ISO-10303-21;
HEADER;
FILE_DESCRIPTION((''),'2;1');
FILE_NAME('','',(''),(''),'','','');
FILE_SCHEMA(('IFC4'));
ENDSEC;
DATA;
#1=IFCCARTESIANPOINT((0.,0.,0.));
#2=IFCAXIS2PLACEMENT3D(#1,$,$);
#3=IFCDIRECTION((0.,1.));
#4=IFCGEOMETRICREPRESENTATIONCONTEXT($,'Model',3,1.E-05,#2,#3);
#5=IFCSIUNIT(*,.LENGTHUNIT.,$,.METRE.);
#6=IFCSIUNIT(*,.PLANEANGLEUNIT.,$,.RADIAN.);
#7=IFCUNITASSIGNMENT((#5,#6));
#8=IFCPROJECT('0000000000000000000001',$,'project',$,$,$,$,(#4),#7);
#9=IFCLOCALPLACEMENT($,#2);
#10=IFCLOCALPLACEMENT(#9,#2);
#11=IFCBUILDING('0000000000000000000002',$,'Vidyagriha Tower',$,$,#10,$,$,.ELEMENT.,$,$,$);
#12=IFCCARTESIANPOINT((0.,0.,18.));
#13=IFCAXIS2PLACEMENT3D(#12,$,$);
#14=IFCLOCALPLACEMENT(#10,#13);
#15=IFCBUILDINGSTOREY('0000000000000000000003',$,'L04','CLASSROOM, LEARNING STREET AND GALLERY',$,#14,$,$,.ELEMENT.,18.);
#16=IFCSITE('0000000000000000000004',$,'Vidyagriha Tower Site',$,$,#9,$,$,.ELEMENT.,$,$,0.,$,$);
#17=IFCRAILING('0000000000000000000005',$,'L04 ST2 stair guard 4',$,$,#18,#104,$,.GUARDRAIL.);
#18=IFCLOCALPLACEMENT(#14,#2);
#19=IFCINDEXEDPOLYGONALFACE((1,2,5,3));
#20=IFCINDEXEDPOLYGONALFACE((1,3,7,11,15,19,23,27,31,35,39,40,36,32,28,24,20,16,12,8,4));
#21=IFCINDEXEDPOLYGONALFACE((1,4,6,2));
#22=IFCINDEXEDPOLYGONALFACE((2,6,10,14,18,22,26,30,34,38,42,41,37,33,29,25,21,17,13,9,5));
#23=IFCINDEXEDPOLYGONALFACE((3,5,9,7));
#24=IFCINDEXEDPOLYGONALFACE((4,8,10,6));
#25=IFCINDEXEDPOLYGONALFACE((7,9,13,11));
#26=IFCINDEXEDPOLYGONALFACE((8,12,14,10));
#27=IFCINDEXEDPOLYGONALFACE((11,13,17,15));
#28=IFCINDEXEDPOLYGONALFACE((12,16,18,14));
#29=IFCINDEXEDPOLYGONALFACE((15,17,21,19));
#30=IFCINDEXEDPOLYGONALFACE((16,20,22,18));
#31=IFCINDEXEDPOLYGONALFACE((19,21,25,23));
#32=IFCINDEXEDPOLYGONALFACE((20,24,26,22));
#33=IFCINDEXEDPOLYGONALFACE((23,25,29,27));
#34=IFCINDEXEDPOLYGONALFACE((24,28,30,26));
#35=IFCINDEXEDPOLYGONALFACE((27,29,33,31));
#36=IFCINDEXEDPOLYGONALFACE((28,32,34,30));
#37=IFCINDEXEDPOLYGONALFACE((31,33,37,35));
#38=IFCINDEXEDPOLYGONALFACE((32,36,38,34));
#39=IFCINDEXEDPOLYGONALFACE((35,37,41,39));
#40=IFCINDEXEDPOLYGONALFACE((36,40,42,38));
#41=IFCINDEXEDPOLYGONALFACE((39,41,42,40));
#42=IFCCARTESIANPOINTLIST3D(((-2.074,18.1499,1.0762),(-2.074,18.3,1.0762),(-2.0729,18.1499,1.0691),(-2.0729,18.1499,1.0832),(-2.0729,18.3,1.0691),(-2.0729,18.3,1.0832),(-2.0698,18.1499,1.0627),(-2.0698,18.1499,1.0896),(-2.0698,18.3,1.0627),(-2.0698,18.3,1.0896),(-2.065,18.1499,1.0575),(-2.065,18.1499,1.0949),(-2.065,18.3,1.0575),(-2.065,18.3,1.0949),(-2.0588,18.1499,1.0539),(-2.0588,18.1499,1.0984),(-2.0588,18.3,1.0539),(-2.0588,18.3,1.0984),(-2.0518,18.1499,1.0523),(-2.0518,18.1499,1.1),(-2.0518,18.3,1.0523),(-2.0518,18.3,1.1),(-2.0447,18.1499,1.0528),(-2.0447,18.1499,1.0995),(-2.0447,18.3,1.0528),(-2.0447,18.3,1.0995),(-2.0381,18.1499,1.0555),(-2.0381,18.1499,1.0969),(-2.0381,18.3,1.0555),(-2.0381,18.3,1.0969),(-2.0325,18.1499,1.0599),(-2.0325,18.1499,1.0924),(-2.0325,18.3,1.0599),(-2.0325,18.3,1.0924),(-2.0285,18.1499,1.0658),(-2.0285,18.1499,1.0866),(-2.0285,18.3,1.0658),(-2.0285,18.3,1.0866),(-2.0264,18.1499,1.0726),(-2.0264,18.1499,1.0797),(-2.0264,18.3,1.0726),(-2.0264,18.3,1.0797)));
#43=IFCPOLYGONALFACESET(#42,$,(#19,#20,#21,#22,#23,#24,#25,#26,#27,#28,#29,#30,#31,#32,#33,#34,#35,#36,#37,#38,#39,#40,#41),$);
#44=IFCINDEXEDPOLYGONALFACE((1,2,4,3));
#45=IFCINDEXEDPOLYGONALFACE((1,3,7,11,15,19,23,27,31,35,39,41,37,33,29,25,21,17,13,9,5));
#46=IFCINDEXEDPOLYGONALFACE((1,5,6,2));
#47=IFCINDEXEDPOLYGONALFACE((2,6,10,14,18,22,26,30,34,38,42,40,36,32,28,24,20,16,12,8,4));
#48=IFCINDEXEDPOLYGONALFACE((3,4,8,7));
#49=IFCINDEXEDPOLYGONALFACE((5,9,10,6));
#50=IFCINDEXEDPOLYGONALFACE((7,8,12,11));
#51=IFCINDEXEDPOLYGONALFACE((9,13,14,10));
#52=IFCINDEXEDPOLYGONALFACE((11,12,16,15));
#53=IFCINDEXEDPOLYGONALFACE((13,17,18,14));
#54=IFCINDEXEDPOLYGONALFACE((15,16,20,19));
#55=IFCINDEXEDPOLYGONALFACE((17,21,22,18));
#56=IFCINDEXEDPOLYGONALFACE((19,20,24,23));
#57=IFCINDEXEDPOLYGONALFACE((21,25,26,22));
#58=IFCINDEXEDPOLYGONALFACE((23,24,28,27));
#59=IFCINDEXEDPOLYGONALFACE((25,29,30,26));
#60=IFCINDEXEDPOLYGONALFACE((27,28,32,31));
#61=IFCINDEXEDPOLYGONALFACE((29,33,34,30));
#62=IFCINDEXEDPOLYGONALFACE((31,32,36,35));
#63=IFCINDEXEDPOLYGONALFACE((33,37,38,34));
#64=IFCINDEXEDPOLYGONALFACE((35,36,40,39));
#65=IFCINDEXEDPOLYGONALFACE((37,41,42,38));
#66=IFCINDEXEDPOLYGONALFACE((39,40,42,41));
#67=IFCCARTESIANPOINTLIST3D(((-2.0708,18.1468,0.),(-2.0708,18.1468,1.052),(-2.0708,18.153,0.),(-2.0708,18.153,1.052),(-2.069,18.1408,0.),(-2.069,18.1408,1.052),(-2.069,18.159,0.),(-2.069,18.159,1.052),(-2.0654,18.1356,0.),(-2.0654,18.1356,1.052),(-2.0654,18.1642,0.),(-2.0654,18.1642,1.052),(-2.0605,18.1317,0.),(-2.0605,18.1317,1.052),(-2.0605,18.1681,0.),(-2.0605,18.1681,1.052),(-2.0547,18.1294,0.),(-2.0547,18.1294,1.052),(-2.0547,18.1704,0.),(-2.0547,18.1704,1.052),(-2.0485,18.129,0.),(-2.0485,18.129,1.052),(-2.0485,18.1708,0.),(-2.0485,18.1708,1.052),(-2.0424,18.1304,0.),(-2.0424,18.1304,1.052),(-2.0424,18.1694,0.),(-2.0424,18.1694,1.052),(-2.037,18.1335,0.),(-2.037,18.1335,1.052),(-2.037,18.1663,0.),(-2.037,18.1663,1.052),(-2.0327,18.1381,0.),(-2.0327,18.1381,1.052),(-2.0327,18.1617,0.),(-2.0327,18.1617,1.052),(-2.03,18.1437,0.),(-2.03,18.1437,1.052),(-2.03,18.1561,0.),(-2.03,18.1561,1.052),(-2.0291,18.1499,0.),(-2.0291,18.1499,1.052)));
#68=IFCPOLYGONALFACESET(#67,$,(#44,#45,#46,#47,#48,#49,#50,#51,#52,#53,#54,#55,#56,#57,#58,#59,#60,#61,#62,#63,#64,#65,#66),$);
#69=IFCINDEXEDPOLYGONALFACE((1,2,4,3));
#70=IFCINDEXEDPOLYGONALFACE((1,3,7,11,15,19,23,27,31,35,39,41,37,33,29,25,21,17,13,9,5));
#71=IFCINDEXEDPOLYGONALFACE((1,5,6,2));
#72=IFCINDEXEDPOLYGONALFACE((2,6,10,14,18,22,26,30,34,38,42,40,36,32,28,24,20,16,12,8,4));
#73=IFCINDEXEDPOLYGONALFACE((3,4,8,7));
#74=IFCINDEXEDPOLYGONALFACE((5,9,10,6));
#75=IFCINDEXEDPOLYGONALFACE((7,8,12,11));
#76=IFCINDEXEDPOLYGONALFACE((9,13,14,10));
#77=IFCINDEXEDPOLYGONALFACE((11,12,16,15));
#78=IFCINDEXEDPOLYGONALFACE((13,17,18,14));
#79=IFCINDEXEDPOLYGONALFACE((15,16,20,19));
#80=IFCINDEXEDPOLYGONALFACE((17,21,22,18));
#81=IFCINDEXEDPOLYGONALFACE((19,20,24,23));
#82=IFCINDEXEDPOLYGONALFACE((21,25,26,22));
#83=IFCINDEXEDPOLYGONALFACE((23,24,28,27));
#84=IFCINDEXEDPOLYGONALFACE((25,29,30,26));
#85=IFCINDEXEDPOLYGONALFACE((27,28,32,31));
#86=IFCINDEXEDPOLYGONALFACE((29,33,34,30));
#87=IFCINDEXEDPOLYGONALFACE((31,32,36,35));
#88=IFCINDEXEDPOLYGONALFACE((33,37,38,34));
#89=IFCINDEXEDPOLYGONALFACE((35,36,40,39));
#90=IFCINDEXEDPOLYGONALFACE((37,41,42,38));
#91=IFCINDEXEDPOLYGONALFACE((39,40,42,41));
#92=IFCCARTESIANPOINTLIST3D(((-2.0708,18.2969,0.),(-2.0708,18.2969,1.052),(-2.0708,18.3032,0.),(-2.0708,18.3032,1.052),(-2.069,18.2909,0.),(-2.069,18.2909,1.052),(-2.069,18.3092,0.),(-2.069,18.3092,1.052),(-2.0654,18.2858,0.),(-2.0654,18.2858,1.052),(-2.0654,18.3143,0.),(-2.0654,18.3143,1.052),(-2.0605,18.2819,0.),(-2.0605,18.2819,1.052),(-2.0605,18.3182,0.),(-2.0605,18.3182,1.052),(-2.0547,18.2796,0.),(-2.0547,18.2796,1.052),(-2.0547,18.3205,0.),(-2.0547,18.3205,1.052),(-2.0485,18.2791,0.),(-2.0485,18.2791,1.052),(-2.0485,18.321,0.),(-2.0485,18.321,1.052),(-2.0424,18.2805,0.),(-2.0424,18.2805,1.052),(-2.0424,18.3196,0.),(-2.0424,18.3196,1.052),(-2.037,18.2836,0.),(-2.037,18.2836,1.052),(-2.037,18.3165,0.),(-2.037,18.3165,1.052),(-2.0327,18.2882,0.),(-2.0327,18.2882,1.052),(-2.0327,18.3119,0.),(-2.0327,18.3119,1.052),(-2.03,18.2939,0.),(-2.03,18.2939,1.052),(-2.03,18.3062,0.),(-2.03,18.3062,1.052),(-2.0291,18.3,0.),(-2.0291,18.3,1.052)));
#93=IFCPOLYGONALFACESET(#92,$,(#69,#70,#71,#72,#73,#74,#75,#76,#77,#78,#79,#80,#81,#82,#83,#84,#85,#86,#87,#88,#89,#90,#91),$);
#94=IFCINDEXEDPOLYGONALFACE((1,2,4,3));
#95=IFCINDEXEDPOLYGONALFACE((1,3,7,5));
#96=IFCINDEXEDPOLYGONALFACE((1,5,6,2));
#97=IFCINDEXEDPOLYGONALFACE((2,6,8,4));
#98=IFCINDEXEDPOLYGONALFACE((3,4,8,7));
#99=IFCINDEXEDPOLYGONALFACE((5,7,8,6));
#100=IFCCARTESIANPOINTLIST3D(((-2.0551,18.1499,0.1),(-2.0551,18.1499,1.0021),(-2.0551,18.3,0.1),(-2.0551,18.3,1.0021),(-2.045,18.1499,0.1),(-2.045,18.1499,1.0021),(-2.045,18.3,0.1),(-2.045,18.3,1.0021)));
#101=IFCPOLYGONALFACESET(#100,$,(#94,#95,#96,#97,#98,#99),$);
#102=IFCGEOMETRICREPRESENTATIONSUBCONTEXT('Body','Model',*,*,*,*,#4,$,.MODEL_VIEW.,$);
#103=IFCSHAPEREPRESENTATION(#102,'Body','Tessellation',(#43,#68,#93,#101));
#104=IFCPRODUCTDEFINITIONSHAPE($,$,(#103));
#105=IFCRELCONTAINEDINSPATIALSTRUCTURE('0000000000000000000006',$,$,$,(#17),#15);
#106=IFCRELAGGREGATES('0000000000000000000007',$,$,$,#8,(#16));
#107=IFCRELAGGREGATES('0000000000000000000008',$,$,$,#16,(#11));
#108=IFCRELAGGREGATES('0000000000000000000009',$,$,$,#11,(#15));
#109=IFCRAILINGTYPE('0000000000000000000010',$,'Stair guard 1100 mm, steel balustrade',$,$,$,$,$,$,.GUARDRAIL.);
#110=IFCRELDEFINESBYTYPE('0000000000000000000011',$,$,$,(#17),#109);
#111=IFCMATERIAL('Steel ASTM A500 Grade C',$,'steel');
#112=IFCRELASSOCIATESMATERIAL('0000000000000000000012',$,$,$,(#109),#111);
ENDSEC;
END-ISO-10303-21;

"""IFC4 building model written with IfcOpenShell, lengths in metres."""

from ifc_helpers import new_model, si_unit, direction, frame, origin, origin_2d, place, context, subcontext, project, spatial, rectangle, circle, extrude, material, type_object, element, save


model = new_model("IFC4")

# Units and contexts
model_context = context("Model", 3, precision=1e-05, world=origin(), true_north=direction((0.0, 1.0)))
body_context = subcontext(model_context, "Body", "Model", "MODEL_VIEW")
ifc_project = project(units=[si_unit("LENGTHUNIT", "METRE"), si_unit("PLANEANGLEUNIT", "RADIAN")], contexts=[model_context])

# Site, building, storey
site_placement = place(None, origin())
site = spatial("IfcSite", under=ifc_project, at=site_placement, Name="Vidyagriha Tower Site", CompositionType="ELEMENT", RefElevation=0.0)
building_placement = place(site_placement, origin())
building = spatial("IfcBuilding", under=site, at=building_placement, Name="Vidyagriha Tower", CompositionType="ELEMENT")
storey_placement = place(building_placement, frame((0.0, 0.0, 18.0)))
storey = spatial("IfcBuildingStorey", under=building, at=storey_placement, Name="L04", Description="CLASSROOM, LEARNING STREET AND GALLERY", CompositionType="ELEMENT", Elevation=18.0)

# Railing
ifc_material_1 = material(Name="Steel ASTM A500 Grade C", Category="steel")
railing_type_1 = type_object("IfcRailingType", Name="Stair guard 1100 mm, steel balustrade", PredefinedType="GUARDRAIL", material=ifc_material_1)
railing_1_placement = place(storey_placement, frame((-2.05, 18.1499, 0.0)))
element("IfcRailing", 1, at=railing_1_placement, inside=storey, type_object=railing_type_1, Name="L04 ST2 stair guard 4", PredefinedType="GUARDRAIL", context=body_context, shape_type="SweptSolid", body=[
    extrude(circle(Radius=0.0239, at=origin_2d()), frame((0.0, 0.0, 1.0762), z_axis=(0.0, 1.0, 0.0), x_axis=(-1.0, 0.0, 0.0)), (0.0, 0.0, 1.0), 0.1501),
    extrude(circle(Radius=0.021, at=origin_2d()), origin(), (0.0, 0.0, 1.0), 1.052),
    extrude(circle(Radius=0.021, at=origin_2d()), frame((0.0, 0.1501, 0.0)), (0.0, 0.0, 1.0), 1.052),
    extrude(rectangle(XDim=0.01, YDim=0.9021, at=origin_2d()), frame((0.0, 0.0, 0.551), z_axis=(0.0, 1.0, 0.0), x_axis=(-1.0, 0.0, 0.0)), (0.0, 0.0, 1.0), 0.1501),
])

save(model, "model.ifc")
